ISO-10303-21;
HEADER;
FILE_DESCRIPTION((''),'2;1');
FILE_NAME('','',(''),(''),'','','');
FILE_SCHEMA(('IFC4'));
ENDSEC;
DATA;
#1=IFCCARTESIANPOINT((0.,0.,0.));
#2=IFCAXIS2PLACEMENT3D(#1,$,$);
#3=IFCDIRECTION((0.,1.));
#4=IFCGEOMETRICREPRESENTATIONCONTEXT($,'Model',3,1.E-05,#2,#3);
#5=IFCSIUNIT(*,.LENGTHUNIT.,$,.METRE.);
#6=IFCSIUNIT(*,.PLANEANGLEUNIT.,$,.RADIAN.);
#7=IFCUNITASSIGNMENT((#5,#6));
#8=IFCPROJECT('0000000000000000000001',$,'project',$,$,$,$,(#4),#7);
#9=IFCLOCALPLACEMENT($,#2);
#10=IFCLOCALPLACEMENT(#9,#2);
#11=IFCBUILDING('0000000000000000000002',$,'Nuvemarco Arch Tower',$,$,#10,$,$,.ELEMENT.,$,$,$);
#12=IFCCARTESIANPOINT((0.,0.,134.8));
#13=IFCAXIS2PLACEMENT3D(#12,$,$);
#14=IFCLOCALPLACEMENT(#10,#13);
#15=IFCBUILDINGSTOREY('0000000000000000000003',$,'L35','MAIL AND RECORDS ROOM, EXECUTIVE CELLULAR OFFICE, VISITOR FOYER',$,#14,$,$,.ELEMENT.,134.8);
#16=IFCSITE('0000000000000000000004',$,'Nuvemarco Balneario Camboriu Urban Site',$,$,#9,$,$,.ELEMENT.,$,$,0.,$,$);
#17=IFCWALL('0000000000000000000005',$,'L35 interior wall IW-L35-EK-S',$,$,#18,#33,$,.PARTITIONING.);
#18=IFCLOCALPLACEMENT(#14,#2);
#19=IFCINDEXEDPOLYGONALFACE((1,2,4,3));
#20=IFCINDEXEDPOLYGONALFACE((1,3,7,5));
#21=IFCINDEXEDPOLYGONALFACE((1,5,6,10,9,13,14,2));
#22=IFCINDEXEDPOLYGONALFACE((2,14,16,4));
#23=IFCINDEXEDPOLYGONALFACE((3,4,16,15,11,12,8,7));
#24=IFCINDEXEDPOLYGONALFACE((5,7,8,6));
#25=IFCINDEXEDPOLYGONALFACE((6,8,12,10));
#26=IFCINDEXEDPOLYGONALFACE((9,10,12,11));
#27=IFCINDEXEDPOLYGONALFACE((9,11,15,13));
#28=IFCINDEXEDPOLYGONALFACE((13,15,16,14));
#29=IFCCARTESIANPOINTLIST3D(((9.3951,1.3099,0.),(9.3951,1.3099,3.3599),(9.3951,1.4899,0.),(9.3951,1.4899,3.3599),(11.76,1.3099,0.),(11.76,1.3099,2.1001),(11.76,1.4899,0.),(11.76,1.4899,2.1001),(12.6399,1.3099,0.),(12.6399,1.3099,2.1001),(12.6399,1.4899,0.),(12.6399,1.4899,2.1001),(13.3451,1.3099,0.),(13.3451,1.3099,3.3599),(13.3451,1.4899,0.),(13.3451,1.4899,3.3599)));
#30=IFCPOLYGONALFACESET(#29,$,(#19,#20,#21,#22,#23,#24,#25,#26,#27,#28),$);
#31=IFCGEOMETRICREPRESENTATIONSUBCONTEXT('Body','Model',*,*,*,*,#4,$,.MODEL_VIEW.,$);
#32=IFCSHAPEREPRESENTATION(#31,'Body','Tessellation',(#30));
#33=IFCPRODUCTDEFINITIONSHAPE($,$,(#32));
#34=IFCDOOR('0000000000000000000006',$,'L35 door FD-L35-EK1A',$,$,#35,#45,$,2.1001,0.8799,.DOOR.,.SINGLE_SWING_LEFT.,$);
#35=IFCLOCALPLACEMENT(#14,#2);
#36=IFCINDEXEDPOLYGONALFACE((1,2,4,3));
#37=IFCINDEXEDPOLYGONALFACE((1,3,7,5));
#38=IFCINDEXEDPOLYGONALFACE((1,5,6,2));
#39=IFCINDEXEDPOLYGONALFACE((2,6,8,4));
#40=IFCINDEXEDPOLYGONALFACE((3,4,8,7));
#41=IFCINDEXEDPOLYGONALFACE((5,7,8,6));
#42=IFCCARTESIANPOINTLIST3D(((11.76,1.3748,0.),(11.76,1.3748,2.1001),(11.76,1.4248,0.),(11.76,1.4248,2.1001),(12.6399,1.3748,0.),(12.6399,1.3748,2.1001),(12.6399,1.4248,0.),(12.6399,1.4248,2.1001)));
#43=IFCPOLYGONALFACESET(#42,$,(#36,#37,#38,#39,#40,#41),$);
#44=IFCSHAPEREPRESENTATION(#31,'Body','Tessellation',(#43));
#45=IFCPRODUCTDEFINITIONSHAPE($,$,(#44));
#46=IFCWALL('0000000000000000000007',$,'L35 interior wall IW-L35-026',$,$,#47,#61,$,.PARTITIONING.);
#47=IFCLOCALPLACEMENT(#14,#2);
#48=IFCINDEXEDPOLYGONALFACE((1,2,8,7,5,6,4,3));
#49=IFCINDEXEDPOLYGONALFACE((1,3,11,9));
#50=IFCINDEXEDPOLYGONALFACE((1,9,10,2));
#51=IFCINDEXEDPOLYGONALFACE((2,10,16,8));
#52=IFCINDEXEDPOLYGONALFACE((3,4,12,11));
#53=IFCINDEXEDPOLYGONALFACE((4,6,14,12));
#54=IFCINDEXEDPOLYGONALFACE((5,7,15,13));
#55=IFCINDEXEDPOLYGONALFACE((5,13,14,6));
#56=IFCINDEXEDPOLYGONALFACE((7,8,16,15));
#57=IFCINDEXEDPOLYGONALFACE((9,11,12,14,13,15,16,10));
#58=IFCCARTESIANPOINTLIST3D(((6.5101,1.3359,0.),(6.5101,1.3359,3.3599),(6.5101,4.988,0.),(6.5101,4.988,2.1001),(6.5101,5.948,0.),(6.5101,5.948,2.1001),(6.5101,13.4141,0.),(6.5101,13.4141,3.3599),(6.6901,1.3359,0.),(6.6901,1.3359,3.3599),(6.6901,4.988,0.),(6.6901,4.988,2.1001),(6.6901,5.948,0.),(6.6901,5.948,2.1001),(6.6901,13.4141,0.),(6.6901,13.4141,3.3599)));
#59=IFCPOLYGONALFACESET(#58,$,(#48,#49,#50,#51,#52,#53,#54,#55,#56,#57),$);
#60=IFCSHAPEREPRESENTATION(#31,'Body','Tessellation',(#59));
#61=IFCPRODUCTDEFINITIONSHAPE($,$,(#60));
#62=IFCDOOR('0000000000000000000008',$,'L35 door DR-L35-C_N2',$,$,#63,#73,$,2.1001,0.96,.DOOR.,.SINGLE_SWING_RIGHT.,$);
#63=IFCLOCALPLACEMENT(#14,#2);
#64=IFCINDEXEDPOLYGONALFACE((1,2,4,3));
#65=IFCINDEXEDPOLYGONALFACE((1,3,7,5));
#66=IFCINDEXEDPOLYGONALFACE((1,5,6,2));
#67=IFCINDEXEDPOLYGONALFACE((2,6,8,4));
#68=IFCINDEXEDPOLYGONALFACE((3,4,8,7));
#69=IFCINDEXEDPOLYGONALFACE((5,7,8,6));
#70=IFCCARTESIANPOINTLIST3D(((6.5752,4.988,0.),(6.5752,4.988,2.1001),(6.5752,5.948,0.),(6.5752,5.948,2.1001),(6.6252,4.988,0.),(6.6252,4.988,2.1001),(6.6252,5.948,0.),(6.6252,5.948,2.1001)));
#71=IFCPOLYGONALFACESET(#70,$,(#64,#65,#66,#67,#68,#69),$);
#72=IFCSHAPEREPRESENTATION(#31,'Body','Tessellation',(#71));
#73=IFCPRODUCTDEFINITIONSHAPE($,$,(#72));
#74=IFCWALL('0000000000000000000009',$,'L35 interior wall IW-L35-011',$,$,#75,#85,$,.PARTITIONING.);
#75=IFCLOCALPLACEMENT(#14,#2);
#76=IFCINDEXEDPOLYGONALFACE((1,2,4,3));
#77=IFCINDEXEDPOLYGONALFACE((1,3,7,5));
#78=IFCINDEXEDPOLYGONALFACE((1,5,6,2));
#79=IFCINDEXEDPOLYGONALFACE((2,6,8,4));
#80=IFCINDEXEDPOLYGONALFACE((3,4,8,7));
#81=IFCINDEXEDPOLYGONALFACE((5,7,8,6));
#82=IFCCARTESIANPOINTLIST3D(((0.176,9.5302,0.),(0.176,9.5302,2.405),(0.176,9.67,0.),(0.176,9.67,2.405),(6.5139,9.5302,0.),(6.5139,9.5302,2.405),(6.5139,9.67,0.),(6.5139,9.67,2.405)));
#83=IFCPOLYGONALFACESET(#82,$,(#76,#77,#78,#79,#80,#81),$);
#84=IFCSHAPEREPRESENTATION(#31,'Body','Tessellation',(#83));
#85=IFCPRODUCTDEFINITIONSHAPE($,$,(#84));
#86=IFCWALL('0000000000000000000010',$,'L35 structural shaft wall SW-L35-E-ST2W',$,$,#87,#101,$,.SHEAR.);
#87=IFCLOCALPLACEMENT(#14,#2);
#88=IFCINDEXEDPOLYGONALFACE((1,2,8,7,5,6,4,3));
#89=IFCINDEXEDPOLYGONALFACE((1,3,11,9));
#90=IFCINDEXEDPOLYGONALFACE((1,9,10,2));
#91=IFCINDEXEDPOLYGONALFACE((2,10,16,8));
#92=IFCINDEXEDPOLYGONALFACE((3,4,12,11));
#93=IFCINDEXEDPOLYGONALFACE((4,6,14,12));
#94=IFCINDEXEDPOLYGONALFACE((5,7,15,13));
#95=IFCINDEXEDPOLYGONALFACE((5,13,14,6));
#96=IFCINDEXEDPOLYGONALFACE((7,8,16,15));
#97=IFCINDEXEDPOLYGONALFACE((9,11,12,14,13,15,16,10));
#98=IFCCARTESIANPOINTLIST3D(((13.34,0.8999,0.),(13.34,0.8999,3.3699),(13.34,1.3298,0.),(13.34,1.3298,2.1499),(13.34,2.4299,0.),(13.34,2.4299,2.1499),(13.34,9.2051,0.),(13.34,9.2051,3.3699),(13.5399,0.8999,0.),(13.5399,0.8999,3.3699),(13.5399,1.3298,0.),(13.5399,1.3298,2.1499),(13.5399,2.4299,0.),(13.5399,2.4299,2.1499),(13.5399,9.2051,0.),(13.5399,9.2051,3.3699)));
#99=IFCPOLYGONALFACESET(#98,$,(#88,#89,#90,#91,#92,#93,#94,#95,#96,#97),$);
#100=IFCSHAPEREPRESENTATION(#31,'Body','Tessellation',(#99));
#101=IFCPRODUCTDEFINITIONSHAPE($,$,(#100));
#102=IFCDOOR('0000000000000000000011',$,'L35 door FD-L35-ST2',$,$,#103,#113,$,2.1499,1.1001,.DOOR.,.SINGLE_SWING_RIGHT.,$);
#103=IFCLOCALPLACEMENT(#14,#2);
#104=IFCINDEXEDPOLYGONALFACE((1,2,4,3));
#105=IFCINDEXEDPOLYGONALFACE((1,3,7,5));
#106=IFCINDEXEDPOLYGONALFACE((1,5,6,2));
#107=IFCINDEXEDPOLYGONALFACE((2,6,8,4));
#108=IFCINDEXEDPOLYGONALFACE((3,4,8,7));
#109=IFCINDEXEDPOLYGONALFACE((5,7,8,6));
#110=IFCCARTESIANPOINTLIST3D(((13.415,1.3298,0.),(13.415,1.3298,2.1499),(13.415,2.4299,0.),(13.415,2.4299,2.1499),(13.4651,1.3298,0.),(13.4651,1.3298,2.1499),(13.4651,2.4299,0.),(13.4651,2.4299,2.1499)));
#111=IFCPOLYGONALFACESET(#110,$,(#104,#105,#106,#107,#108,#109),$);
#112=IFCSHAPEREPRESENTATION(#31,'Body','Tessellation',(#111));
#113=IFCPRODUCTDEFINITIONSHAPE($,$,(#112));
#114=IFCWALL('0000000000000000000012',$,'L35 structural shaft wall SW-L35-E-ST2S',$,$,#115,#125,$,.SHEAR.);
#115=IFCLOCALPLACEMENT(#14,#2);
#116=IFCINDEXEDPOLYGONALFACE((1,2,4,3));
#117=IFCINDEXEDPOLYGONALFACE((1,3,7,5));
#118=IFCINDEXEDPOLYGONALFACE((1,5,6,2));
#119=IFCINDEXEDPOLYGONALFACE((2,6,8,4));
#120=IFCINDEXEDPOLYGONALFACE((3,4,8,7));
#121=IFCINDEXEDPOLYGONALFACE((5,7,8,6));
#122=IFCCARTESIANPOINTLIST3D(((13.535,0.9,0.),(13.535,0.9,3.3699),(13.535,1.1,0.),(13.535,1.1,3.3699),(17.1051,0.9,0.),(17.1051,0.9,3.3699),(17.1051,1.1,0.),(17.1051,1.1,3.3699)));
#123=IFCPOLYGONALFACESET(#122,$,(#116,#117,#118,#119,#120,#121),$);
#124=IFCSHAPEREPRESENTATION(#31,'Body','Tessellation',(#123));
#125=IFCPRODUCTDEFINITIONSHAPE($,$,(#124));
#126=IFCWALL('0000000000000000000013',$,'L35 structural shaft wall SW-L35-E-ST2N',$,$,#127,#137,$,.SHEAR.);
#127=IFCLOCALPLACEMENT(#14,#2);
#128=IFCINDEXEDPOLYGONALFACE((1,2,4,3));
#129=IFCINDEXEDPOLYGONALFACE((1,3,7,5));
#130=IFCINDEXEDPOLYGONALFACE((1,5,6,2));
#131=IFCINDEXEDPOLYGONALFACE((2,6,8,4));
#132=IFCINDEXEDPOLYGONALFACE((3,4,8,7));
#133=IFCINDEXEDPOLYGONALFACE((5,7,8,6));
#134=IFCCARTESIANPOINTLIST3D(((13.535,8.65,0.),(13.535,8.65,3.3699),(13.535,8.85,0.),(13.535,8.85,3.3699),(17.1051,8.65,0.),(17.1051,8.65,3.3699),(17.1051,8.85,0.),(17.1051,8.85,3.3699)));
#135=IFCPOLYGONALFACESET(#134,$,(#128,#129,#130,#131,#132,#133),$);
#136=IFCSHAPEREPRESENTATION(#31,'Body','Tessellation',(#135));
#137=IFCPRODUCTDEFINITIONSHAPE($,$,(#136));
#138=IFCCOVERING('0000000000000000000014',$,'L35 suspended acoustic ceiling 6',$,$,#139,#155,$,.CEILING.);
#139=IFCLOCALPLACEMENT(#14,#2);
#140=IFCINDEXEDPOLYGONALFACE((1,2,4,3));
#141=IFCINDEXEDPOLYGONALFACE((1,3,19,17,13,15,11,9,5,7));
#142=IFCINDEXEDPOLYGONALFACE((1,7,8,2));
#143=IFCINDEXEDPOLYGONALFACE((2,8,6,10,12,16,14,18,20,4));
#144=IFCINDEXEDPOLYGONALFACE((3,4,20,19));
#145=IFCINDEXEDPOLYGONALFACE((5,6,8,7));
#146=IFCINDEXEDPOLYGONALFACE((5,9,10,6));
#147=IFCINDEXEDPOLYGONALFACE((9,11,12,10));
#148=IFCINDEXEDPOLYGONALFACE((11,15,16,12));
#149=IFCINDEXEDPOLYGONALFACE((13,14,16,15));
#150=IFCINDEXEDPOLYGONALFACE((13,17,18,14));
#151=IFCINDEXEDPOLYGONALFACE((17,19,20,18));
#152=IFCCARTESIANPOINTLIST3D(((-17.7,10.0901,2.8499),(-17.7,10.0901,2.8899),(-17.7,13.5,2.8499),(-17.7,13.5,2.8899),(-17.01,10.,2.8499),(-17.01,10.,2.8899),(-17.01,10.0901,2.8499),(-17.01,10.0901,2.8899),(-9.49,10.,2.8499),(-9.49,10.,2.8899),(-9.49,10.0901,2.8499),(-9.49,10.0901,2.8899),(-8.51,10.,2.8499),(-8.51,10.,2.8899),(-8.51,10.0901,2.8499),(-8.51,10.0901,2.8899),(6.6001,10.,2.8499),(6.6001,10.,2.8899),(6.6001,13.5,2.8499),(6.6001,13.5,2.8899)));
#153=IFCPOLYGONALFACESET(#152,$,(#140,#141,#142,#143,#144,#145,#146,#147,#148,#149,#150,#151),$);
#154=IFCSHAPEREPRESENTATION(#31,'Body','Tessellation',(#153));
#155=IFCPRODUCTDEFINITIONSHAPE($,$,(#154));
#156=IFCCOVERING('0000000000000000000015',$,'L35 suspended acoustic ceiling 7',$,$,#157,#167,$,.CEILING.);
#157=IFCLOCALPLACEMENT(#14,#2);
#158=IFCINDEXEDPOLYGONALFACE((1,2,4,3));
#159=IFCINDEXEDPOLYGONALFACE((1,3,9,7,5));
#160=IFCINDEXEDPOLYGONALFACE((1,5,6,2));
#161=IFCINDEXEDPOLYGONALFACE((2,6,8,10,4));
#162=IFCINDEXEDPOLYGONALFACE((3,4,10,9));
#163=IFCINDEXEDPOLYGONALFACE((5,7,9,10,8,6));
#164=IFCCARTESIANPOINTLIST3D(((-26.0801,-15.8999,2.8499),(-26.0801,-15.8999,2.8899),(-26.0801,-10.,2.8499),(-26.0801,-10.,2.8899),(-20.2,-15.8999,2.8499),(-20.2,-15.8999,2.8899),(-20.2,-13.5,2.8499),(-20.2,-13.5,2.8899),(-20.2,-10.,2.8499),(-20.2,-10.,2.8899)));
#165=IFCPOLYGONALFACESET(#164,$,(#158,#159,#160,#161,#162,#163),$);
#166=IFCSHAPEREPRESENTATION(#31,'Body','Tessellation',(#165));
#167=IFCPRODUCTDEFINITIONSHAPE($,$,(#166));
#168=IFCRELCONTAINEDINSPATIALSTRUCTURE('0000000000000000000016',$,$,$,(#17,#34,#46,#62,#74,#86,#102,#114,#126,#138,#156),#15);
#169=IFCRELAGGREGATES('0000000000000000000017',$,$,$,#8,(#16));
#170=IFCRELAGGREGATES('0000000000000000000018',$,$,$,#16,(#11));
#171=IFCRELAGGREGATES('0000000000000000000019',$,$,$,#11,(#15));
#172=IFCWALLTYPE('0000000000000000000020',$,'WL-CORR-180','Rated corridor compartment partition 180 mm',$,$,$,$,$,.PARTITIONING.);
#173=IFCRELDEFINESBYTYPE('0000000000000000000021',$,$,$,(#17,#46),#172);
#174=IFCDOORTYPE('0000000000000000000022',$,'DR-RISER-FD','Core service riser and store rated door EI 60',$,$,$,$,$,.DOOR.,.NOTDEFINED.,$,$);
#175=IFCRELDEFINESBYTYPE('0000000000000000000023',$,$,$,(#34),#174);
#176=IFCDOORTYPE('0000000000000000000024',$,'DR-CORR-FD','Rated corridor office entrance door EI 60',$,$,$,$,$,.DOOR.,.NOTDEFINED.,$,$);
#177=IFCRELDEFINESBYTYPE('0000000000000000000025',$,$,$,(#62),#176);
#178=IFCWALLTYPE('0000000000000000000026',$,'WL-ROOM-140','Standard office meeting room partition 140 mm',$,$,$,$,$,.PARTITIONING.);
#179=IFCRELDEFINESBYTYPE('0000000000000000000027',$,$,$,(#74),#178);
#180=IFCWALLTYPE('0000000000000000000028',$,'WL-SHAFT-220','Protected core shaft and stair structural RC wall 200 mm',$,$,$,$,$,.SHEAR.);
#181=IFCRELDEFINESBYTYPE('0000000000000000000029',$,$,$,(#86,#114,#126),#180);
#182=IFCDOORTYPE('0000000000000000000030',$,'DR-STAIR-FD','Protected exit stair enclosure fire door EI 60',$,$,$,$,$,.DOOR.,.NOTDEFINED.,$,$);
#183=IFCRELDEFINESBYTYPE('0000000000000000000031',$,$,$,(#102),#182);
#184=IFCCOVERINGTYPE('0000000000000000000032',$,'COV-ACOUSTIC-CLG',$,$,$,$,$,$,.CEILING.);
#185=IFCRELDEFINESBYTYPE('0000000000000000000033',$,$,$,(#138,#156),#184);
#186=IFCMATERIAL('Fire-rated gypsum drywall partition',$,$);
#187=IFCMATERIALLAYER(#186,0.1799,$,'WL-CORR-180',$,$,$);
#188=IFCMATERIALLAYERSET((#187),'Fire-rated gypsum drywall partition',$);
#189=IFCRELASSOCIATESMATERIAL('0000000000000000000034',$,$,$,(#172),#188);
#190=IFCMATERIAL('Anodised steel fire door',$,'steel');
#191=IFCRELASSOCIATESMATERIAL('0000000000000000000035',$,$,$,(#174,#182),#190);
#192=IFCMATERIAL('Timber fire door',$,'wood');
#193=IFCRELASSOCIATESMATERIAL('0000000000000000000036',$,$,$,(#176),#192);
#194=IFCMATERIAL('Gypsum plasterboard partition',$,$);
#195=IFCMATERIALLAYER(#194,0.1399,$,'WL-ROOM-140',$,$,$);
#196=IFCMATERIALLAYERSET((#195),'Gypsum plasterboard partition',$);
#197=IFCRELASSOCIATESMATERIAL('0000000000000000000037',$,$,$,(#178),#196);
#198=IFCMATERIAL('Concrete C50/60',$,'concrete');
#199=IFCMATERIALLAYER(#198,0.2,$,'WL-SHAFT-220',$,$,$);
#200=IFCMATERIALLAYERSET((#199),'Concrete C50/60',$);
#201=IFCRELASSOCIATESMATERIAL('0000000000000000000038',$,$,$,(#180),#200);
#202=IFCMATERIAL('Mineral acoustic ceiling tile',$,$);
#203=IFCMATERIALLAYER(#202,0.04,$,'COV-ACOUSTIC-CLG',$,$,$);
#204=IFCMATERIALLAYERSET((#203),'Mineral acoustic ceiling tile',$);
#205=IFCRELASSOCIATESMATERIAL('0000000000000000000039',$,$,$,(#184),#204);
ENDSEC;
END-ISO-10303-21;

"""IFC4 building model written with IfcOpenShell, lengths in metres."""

from ifc_helpers import new_model, si_unit, direction, frame, frame_2d, origin, place, context, subcontext, project, spatial, polyline, rectangle, outline, extrude, source, transform, mapped, material, layer, layer_set, type_object, type_shapes, element, fill, save


model = new_model("IFC4")

# Units and contexts
model_context = context("Model", 3, precision=1e-05, world=origin(), true_north=direction((0.0, 1.0)))
body_context = subcontext(model_context, "Body", "Model", "MODEL_VIEW")
ifc_project = project(units=[si_unit("LENGTHUNIT", "METRE"), si_unit("PLANEANGLEUNIT", "RADIAN")], contexts=[model_context])

# Site, building, storey
site_placement = place(None, origin())
site = spatial("IfcSite", under=ifc_project, at=site_placement, Name="Nuvemarco Balneario Camboriu Urban Site", CompositionType="ELEMENT", RefElevation=0.0)
building_placement = place(site_placement, origin())
building = spatial("IfcBuilding", under=site, at=building_placement, Name="Nuvemarco Arch Tower", CompositionType="ELEMENT")
storey_placement = place(building_placement, frame((0.0, 0.0, 134.8)))
storey = spatial("IfcBuildingStorey", under=building, at=storey_placement, Name="L35", Description="MAIL AND RECORDS ROOM, EXECUTIVE CELLULAR OFFICE, VISITOR FOYER", CompositionType="ELEMENT", Elevation=134.8)

# Shared definitions
ifc_material_1 = material(Name="Concrete C50/60", Category="concrete")

# Walls, openings, doors
ifc_material_2 = material(Name="Fire-rated gypsum drywall partition")
ifc_layer_1 = layer(ifc_material_2, 0.1799, Name="WL-CORR-180")
ifc_layer_set_1 = layer_set([ifc_layer_1], Name="Fire-rated gypsum drywall partition")
wall_type_1 = type_object("IfcWallType", Name="WL-CORR-180", Description="Rated corridor compartment partition 180 mm", PredefinedType="PARTITIONING", material=ifc_layer_set_1)
wall_1_placement = place(storey_placement, frame((9.395, 1.3999, 0.0), z_axis=(0.0, 0.0, 1.0), x_axis=(1.0, 0.0, 0.0)))
wall_1 = element("IfcWall", 1, at=wall_1_placement, inside=storey, type_object=wall_type_1, Name="L35 interior wall IW-L35-EK-S", PredefinedType="PARTITIONING", context=body_context, shape_type="SweptSolid", body=[
    extrude(rectangle(XDim=3.95, YDim=0.1799, at=frame_2d((1.9751, 0.0))), origin(), (0.0, 0.0, 1.0), 3.3599),
])
opening_1_placement = place(wall_1_placement, frame((2.365, 0.0, 0.0)))
opening_1 = element("IfcOpeningElement", 2, at=opening_1_placement, cuts=wall_1, PredefinedType="OPENING", context=body_context, shape_type="SweptSolid", body=[
    extrude(rectangle(XDim=0.8799, YDim=2.1001, at=frame_2d((0.4399, 1.05))), frame((0.0, 0.0999, 0.0), z_axis=(0.0, -1.0, 0.0), x_axis=(1.0, 0.0, 0.0)), (0.0, 0.0, 1.0), 0.2),
])
ifc_material_3 = material(Name="Anodised steel fire door", Category="steel")
door_type_1 = type_object("IfcDoorType", Name="DR-RISER-FD", Description="Core service riser and store rated door EI 60", OperationType="NOTDEFINED", PredefinedType="DOOR", material=ifc_material_3)
shared_shape_1 = source(origin(), body_context, "Body", "SweptSolid", [
    extrude(rectangle(XDim=0.8799, YDim=2.1001, at=frame_2d((0.4399, 1.05))), frame((0.0, 0.0249, 0.0), z_axis=(0.0, -1.0, 0.0), x_axis=(1.0, 0.0, 0.0)), (0.0, 0.0, 1.0), 0.05),
])
type_shapes(door_type_1, [shared_shape_1])
door_1_placement = place(opening_1_placement, origin())
door_1 = element("IfcDoor", 3, at=door_1_placement, inside=storey, type_object=door_type_1, Name="L35 door FD-L35-EK1A", OperationType="SINGLE_SWING_LEFT", OverallHeight=2.1001, OverallWidth=0.8799, PredefinedType="DOOR", context=body_context, shape_type="MappedRepresentation", body=[
    mapped(shared_shape_1, transform((0.0, 0.0, 0.0), scale=1.0)),
])
fill(opening_1, door_1)
wall_2_placement = place(storey_placement, frame((6.6001, 1.3359, 0.0), z_axis=(0.0, 0.0, 1.0), x_axis=(0.0, 1.0, 0.0)))
wall_2 = element("IfcWall", 4, at=wall_2_placement, inside=storey, type_object=wall_type_1, Name="L35 interior wall IW-L35-026", PredefinedType="PARTITIONING", context=body_context, shape_type="SweptSolid", body=[
    extrude(rectangle(XDim=12.0781, YDim=0.1799, at=frame_2d((6.0391, 0.0))), origin(), (0.0, 0.0, 1.0), 3.3599),
])
opening_2_placement = place(wall_2_placement, frame((3.6521, 0.0, 0.0)))
opening_2 = element("IfcOpeningElement", 5, at=opening_2_placement, cuts=wall_2, PredefinedType="OPENING", context=body_context, shape_type="SweptSolid", body=[
    extrude(rectangle(XDim=0.96, YDim=2.1001, at=frame_2d((0.48, 1.05))), frame((0.0, 0.0999, 0.0), z_axis=(0.0, -1.0, 0.0), x_axis=(1.0, 0.0, 0.0)), (0.0, 0.0, 1.0), 0.2),
])
ifc_material_4 = material(Name="Timber fire door", Category="wood")
door_type_2 = type_object("IfcDoorType", Name="DR-CORR-FD", Description="Rated corridor office entrance door EI 60", OperationType="NOTDEFINED", PredefinedType="DOOR", material=ifc_material_4)
shared_shape_2 = source(origin(), body_context, "Body", "SweptSolid", [
    extrude(rectangle(XDim=0.96, YDim=2.1001, at=frame_2d((0.48, 1.05))), frame((0.0, 0.0249, 0.0), z_axis=(0.0, -1.0, 0.0), x_axis=(1.0, 0.0, 0.0)), (0.0, 0.0, 1.0), 0.05),
])
type_shapes(door_type_2, [shared_shape_2])
door_2_placement = place(opening_2_placement, origin())
door_2 = element("IfcDoor", 6, at=door_2_placement, inside=storey, type_object=door_type_2, Name="L35 door DR-L35-C_N2", OperationType="SINGLE_SWING_RIGHT", OverallHeight=2.1001, OverallWidth=0.96, PredefinedType="DOOR", context=body_context, shape_type="MappedRepresentation", body=[
    mapped(shared_shape_2, transform((0.0, 0.0, 0.0), scale=1.0)),
])
fill(opening_2, door_2)

# Wall
ifc_material_5 = material(Name="Gypsum plasterboard partition")
ifc_layer_2 = layer(ifc_material_5, 0.1399, Name="WL-ROOM-140")
ifc_layer_set_2 = layer_set([ifc_layer_2], Name="Gypsum plasterboard partition")
wall_type_2 = type_object("IfcWallType", Name="WL-ROOM-140", Description="Standard office meeting room partition 140 mm", PredefinedType="PARTITIONING", material=ifc_layer_set_2)
wall_3_placement = place(storey_placement, frame((0.176, 9.6001, 0.0), z_axis=(0.0, 0.0, 1.0), x_axis=(1.0, 0.0, 0.0)))
element("IfcWall", 7, at=wall_3_placement, inside=storey, type_object=wall_type_2, Name="L35 interior wall IW-L35-011", PredefinedType="PARTITIONING", context=body_context, shape_type="SweptSolid", body=[
    extrude(rectangle(XDim=6.3379, YDim=0.1399, at=frame_2d((3.1689, 0.0))), origin(), (0.0, 0.0, 1.0), 2.405),
])

# Wall, opening, door
ifc_layer_3 = layer(ifc_material_1, 0.2, Name="WL-SHAFT-220")
ifc_layer_set_3 = layer_set([ifc_layer_3], Name="Concrete C50/60")
wall_type_3 = type_object("IfcWallType", Name="WL-SHAFT-220", Description="Protected core shaft and stair structural RC wall 200 mm", PredefinedType="SHEAR", material=ifc_layer_set_3)
wall_4_placement = place(storey_placement, frame((13.4399, 0.8999, 0.0), z_axis=(0.0, 0.0, 1.0), x_axis=(0.0, 1.0, 0.0)))
wall_4 = element("IfcWall", 8, at=wall_4_placement, inside=storey, type_object=wall_type_3, Name="L35 structural shaft wall SW-L35-E-ST2W", PredefinedType="SHEAR", context=body_context, shape_type="SweptSolid", body=[
    extrude(rectangle(XDim=8.3052, YDim=0.2, at=frame_2d((4.1526, 0.0))), origin(), (0.0, 0.0, 1.0), 3.3699),
])
opening_3_placement = place(wall_4_placement, frame((0.4299, 0.0, 0.0)))
opening_3 = element("IfcOpeningElement", 9, at=opening_3_placement, cuts=wall_4, PredefinedType="OPENING", context=body_context, shape_type="SweptSolid", body=[
    extrude(rectangle(XDim=1.1001, YDim=2.1499, at=frame_2d((0.55, 1.075))), frame((0.0, 0.1099, 0.0), z_axis=(0.0, -1.0, 0.0), x_axis=(1.0, 0.0, 0.0)), (0.0, 0.0, 1.0), 0.22),
])
door_type_3 = type_object("IfcDoorType", Name="DR-STAIR-FD", Description="Protected exit stair enclosure fire door EI 60", OperationType="NOTDEFINED", PredefinedType="DOOR", material=ifc_material_3)
shared_shape_3 = source(origin(), body_context, "Body", "SweptSolid", [
    extrude(rectangle(XDim=1.1001, YDim=2.1499, at=frame_2d((0.55, 1.075))), frame((0.0, 0.0249, 0.0), z_axis=(0.0, -1.0, 0.0), x_axis=(1.0, 0.0, 0.0)), (0.0, 0.0, 1.0), 0.05),
])
type_shapes(door_type_3, [shared_shape_3])
door_3_placement = place(opening_3_placement, origin())
door_3 = element("IfcDoor", 10, at=door_3_placement, inside=storey, type_object=door_type_3, Name="L35 door FD-L35-ST2", OperationType="SINGLE_SWING_RIGHT", OverallHeight=2.1499, OverallWidth=1.1001, PredefinedType="DOOR", context=body_context, shape_type="MappedRepresentation", body=[
    mapped(shared_shape_3, transform((0.0, 0.0, 0.0), scale=1.0)),
])
fill(opening_3, door_3)

# Walls
for number, where, z_axis, x_axis, name in (
    (11, (13.5349, 1.0, 0.0), (0.0, 0.0, 1.0), (1.0, 0.0, 0.0), "L35 structural shaft wall SW-L35-E-ST2S"),
    (12, (13.5349, 8.75, 0.0), (0.0, 0.0, 1.0), (1.0, 0.0, 0.0), "L35 structural shaft wall SW-L35-E-ST2N"),
):
    element("IfcWall", number, at=place(storey_placement, frame(where, z_axis=z_axis, x_axis=x_axis)), inside=storey, type_object=wall_type_3, Name=name, PredefinedType="SHEAR", context=body_context, shape_type="SweptSolid", body=[
        extrude(rectangle(XDim=3.5701, YDim=0.2, at=frame_2d((1.7852, 0.0))), origin(), (0.0, 0.0, 1.0), 3.3699),
    ])

# Coverings
ifc_material_6 = material(Name="Mineral acoustic ceiling tile")
ifc_layer_4 = layer(ifc_material_6, 0.04, Name="COV-ACOUSTIC-CLG")
ifc_layer_set_4 = layer_set([ifc_layer_4], Name="Mineral acoustic ceiling tile")
covering_type_1 = type_object("IfcCoveringType", Name="COV-ACOUSTIC-CLG", PredefinedType="CEILING", material=ifc_layer_set_4)
covering_1_placement = place(storey_placement, frame((0.0, 0.0, 2.8499)))
element("IfcCovering", 13, at=covering_1_placement, inside=storey, type_object=covering_type_1, Name="L35 suspended acoustic ceiling 6", PredefinedType="CEILING", context=body_context, shape_type="SweptSolid", body=[
    extrude(outline(polyline([(6.6001, 13.5), (6.6001, 10.0), (-8.51, 10.0), (-8.51, 10.0901), (-9.49, 10.0901), (-9.49, 10.0), (-17.01, 10.0), (-17.01, 10.0901), (-17.7, 10.0901), (-17.7, 13.5), (6.6001, 13.5)])), origin(), (0.0, 0.0, 1.0), 0.04),
])
covering_2_placement = place(storey_placement, frame((0.0, 0.0, 2.8499)))
element("IfcCovering", 14, at=covering_2_placement, inside=storey, type_object=covering_type_1, Name="L35 suspended acoustic ceiling 7", PredefinedType="CEILING", context=body_context, shape_type="SweptSolid", body=[
    extrude(outline(polyline([(-20.2, -13.5), (-20.2, -15.8999), (-26.0801, -15.8999), (-26.0801, -10.0), (-20.2, -10.0), (-20.2, -13.5)])), origin(), (0.0, 0.0, 1.0), 0.04),
])

save(model, "model.ifc")
